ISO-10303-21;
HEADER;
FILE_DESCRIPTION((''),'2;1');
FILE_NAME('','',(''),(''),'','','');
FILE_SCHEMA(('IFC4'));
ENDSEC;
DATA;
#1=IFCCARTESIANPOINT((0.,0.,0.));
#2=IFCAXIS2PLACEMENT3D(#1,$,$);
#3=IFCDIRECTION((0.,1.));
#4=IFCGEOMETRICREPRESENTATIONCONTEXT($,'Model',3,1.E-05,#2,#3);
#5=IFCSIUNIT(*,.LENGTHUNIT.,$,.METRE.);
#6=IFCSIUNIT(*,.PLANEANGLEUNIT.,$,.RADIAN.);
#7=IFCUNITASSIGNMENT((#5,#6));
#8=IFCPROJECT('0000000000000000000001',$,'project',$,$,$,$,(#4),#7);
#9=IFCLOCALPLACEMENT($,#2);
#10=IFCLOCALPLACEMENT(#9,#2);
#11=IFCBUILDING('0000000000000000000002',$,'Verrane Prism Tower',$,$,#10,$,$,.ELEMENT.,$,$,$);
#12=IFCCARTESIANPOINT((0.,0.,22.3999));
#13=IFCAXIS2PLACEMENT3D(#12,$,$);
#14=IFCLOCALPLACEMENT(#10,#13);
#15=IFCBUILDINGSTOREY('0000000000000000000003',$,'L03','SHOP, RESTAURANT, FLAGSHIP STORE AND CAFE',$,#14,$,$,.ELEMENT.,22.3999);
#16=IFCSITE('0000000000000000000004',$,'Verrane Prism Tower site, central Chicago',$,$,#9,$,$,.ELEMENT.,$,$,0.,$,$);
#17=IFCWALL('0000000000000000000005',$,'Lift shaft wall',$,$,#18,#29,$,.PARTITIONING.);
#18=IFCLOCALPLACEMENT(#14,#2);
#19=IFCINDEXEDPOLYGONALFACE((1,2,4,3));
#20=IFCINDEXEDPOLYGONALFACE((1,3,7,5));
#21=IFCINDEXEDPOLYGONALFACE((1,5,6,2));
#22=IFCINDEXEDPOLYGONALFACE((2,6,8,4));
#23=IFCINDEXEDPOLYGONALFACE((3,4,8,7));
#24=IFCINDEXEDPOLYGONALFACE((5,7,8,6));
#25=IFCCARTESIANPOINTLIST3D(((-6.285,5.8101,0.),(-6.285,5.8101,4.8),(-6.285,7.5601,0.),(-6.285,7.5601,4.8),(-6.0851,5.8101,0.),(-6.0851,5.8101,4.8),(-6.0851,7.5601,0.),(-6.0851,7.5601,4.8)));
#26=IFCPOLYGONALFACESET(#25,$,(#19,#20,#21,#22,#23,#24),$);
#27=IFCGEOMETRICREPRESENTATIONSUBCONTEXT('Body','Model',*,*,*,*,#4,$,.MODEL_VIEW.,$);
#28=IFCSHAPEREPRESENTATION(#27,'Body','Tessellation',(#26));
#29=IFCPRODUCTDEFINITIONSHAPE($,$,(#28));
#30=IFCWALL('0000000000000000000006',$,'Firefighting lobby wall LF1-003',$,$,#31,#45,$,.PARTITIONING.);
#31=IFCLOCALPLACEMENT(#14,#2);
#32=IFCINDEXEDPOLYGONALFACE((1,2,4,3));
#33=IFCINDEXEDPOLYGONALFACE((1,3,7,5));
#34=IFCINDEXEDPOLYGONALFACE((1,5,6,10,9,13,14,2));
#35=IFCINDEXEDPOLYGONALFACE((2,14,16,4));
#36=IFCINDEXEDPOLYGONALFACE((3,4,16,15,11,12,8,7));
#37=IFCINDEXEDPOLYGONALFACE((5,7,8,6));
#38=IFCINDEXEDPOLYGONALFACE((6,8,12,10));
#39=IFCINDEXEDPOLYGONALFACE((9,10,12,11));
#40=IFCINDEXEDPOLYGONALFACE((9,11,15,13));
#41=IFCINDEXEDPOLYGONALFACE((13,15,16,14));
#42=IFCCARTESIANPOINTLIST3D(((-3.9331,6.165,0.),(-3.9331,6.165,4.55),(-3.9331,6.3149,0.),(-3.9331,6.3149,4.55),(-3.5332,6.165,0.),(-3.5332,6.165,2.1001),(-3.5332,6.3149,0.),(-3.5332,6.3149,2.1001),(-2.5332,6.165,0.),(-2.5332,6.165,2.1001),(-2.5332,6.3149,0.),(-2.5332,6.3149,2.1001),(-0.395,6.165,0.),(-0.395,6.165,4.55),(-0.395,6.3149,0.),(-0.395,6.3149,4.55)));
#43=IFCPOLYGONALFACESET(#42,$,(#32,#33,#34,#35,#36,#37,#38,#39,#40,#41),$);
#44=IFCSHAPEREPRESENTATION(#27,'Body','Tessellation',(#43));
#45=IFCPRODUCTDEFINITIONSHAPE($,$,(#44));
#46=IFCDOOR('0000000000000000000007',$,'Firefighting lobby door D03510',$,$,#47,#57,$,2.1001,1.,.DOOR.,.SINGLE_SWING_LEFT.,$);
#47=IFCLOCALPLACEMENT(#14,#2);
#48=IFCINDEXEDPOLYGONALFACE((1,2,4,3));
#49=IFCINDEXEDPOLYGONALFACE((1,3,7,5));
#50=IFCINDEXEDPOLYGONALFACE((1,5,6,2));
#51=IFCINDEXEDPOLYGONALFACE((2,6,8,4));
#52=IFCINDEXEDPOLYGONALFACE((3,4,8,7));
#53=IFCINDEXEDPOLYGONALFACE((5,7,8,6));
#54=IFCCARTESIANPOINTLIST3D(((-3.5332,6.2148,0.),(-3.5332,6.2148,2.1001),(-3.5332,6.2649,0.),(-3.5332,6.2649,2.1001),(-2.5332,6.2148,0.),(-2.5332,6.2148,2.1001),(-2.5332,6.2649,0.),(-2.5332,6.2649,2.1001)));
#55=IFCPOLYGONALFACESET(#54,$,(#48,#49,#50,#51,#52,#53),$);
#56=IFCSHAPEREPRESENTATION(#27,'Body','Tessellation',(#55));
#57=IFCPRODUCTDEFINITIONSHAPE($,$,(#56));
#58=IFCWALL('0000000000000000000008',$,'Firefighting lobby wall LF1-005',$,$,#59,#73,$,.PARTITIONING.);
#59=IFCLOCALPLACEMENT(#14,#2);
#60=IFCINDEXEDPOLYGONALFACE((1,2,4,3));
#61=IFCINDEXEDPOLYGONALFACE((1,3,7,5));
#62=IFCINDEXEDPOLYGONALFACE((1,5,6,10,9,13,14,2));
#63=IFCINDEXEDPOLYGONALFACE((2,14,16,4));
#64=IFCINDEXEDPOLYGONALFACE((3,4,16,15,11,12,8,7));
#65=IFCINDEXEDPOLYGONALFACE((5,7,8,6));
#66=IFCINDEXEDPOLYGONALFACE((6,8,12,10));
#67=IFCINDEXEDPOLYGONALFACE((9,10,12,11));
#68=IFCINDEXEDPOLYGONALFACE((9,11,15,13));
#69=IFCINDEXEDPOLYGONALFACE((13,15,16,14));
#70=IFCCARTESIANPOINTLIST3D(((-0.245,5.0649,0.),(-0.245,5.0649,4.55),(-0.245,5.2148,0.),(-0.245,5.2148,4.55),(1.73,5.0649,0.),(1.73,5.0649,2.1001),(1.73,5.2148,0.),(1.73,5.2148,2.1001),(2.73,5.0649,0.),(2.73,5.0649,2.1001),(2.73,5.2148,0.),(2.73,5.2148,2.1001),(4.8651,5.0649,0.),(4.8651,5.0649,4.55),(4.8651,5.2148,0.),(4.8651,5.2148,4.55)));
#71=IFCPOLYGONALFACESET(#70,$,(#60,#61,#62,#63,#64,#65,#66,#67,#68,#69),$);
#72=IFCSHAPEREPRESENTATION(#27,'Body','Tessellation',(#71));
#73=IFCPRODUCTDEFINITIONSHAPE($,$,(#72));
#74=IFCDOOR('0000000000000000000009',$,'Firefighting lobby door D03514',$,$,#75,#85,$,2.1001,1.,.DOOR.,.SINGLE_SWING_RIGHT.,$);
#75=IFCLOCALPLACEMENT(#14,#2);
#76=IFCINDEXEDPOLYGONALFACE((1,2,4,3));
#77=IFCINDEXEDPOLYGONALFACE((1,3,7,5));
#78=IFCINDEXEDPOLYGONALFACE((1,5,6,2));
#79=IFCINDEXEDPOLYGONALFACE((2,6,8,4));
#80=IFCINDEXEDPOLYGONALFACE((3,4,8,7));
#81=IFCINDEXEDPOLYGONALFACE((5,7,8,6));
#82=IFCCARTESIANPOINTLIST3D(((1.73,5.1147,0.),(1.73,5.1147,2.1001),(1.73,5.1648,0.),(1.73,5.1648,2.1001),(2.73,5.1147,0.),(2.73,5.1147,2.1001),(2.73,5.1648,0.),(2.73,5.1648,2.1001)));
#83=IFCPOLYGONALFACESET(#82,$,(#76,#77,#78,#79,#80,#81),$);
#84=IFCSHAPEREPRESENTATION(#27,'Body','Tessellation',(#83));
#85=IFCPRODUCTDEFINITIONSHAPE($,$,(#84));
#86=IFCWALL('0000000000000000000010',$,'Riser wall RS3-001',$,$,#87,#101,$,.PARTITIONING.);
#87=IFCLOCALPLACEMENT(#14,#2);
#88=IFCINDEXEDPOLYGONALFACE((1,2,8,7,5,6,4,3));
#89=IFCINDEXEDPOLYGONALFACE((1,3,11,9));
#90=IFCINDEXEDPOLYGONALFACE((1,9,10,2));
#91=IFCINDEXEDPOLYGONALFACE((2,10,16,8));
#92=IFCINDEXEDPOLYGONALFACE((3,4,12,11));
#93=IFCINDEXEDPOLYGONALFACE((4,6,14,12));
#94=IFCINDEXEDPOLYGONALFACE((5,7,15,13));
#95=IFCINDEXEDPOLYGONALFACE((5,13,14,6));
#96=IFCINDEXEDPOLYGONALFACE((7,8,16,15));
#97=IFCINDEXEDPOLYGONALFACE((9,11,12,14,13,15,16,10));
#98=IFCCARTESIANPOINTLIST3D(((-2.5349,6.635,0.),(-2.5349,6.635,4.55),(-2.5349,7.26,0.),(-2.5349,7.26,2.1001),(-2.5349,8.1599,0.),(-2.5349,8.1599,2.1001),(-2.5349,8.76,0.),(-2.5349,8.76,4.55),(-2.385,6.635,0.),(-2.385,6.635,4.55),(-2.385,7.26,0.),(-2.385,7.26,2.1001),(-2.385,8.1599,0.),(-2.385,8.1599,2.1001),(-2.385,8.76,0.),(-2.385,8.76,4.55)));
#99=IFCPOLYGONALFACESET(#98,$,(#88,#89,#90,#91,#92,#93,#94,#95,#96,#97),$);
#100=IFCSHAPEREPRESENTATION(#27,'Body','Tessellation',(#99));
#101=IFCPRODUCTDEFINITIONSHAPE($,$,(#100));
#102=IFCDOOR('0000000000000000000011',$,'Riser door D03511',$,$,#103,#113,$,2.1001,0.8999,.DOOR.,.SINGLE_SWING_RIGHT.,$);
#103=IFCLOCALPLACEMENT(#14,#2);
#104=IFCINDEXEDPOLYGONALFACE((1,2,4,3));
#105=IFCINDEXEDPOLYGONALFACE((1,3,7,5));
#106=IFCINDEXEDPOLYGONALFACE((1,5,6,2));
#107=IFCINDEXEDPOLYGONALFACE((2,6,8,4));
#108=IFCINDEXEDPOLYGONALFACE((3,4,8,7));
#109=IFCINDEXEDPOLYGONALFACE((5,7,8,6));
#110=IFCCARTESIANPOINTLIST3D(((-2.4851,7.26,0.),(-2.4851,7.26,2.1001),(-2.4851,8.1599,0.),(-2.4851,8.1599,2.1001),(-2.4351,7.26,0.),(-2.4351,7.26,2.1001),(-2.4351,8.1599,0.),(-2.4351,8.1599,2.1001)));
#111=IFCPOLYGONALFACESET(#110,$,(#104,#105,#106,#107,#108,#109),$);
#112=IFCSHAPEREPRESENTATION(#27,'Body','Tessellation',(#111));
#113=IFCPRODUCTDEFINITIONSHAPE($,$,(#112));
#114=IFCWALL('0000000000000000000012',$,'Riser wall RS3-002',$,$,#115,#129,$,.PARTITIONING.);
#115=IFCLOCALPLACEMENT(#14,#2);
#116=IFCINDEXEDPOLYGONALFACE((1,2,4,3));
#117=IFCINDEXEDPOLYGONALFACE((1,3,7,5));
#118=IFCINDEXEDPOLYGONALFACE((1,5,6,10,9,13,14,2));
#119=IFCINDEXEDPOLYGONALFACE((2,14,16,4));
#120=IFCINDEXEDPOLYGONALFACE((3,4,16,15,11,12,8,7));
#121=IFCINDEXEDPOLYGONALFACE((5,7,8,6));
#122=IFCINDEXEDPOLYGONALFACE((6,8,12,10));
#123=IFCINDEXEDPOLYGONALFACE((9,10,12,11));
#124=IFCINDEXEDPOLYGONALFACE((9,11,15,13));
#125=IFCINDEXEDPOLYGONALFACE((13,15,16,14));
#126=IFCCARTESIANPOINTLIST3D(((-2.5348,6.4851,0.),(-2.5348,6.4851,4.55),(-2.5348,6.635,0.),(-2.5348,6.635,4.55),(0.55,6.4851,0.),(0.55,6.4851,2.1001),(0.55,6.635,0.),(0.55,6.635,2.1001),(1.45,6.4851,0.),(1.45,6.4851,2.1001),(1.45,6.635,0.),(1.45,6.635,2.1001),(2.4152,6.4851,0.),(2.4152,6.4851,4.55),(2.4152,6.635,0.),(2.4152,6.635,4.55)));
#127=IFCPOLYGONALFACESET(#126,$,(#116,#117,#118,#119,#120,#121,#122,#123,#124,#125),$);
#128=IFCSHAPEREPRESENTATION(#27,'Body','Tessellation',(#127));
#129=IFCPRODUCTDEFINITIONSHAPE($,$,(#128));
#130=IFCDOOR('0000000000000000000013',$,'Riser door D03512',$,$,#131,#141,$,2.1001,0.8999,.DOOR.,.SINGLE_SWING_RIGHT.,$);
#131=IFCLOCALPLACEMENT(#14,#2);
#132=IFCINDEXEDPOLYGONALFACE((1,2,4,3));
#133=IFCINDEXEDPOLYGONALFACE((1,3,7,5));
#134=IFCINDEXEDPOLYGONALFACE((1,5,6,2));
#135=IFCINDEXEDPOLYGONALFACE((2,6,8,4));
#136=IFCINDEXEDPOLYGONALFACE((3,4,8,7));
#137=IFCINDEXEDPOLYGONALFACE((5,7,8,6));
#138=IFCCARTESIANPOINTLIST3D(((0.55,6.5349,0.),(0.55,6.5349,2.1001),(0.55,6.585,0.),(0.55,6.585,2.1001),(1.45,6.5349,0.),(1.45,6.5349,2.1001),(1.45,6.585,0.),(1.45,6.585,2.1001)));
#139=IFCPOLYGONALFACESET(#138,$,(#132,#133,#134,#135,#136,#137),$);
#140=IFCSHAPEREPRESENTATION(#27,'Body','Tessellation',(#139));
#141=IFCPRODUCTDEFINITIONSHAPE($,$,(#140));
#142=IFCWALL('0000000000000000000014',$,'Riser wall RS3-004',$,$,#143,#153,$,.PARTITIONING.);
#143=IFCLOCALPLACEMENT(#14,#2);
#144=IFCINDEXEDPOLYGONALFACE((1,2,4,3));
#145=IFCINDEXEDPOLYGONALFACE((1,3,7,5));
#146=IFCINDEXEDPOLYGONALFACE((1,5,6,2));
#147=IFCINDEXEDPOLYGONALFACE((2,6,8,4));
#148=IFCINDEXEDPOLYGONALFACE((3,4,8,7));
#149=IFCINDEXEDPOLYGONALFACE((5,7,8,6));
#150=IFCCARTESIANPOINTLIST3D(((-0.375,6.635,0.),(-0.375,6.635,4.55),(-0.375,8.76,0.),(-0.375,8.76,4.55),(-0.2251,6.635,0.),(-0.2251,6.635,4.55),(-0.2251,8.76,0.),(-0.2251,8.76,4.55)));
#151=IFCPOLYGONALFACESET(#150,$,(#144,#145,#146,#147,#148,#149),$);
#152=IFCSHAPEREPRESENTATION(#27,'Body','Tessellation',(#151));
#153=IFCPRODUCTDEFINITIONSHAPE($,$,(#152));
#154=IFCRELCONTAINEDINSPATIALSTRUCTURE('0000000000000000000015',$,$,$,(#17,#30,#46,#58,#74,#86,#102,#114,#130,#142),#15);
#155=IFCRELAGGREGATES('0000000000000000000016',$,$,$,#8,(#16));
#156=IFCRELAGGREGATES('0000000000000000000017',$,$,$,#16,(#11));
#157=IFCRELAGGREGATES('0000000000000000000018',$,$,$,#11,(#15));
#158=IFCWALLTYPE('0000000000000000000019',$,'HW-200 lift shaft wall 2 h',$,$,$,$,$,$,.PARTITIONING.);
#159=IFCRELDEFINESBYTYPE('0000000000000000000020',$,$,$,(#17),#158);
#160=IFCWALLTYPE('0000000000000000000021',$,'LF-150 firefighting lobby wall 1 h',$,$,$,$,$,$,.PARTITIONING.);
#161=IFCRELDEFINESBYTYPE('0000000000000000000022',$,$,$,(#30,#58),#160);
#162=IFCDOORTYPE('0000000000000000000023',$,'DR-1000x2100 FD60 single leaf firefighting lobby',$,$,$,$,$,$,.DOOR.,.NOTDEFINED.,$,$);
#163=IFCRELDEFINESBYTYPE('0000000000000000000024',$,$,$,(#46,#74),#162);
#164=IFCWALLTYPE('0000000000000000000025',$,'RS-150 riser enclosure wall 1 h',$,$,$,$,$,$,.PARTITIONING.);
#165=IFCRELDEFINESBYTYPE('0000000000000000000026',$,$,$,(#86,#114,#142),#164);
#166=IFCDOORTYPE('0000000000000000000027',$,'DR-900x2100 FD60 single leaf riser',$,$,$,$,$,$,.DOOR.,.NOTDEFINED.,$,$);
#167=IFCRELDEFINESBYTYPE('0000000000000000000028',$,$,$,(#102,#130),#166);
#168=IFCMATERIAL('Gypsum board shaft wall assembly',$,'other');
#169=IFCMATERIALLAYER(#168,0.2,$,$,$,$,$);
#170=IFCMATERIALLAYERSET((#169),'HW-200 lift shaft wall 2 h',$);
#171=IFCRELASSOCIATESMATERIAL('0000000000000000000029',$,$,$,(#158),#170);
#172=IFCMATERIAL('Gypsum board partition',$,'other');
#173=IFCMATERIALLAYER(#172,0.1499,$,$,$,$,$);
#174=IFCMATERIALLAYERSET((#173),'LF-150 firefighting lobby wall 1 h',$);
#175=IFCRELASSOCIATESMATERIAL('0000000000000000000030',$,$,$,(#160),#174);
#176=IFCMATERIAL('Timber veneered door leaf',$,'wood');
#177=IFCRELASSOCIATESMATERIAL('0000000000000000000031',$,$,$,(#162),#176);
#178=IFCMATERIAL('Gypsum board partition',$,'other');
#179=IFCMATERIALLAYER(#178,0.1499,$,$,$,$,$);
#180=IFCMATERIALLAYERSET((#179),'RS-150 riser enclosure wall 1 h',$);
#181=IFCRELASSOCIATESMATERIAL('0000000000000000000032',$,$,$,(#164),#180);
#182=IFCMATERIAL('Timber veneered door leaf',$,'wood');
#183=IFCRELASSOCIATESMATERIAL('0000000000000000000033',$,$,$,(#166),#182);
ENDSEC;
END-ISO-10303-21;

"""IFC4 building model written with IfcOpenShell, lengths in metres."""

from ifc_helpers import new_model, si_unit, direction, frame, frame_2d, origin, place, context, subcontext, project, spatial, rectangle, extrude, material, layer, layer_set, type_object, element, fill, save


model = new_model("IFC4")

# Units and contexts
model_context = context("Model", 3, precision=1e-05, world=origin(), true_north=direction((0.0, 1.0)))
body_context = subcontext(model_context, "Body", "Model", "MODEL_VIEW")
ifc_project = project(units=[si_unit("LENGTHUNIT", "METRE"), si_unit("PLANEANGLEUNIT", "RADIAN")], contexts=[model_context])

# Site, building, storey
site_placement = place(None, origin())
site = spatial("IfcSite", under=ifc_project, at=site_placement, Name="Verrane Prism Tower site, central Chicago", CompositionType="ELEMENT", RefElevation=0.0)
building_placement = place(site_placement, origin())
building = spatial("IfcBuilding", under=site, at=building_placement, Name="Verrane Prism Tower", CompositionType="ELEMENT")
storey_placement = place(building_placement, frame((0.0, 0.0, 22.3999)))
storey = spatial("IfcBuildingStorey", under=building, at=storey_placement, Name="L03", Description="SHOP, RESTAURANT, FLAGSHIP STORE AND CAFE", CompositionType="ELEMENT", Elevation=22.3999)

# Wall
ifc_material_1 = material(Name="Gypsum board shaft wall assembly", Category="other")
ifc_layer_1 = layer(ifc_material_1, 0.2)
ifc_layer_set_1 = layer_set([ifc_layer_1], Name="HW-200 lift shaft wall 2 h")
wall_type_1 = type_object("IfcWallType", Name="HW-200 lift shaft wall 2 h", PredefinedType="PARTITIONING", material=ifc_layer_set_1)
for number, where, z_axis, x_axis, name in (
    (1, (-6.1851, 5.8101, 0.0), (0.0, 0.0, 1.0), (0.0, 1.0, 0.0), "Lift shaft wall"),
):
    element("IfcWall", number, at=place(storey_placement, frame(where, z_axis=z_axis, x_axis=x_axis)), inside=storey, type_object=wall_type_1, Name=name, PredefinedType="PARTITIONING", context=body_context, shape_type="SweptSolid", body=[
        extrude(rectangle(XDim=1.75, YDim=0.2, at=frame_2d((0.875, 0.0))), origin(), (0.0, 0.0, 1.0), 4.8),
    ])

# Walls, openings, doors
ifc_material_2 = material(Name="Gypsum board partition", Category="other")
ifc_layer_2 = layer(ifc_material_2, 0.1499)
ifc_layer_set_2 = layer_set([ifc_layer_2], Name="LF-150 firefighting lobby wall 1 h")
wall_type_2 = type_object("IfcWallType", Name="LF-150 firefighting lobby wall 1 h", PredefinedType="PARTITIONING", material=ifc_layer_set_2)
wall_1_placement = place(storey_placement, frame((-3.9331, 6.24, 0.0), z_axis=(0.0, 0.0, 1.0), x_axis=(1.0, 0.0, 0.0)))
wall_1 = element("IfcWall", 2, at=wall_1_placement, inside=storey, type_object=wall_type_2, Name="Firefighting lobby wall LF1-003", PredefinedType="PARTITIONING", context=body_context, shape_type="SweptSolid", body=[
    extrude(rectangle(XDim=3.5381, YDim=0.1499, at=frame_2d((1.769, 0.0))), origin(), (0.0, 0.0, 1.0), 4.55),
])
opening_1_placement = place(wall_1_placement, frame((0.3999, 0.0, 0.0)))
opening_1 = element("IfcOpeningElement", 3, at=opening_1_placement, cuts=wall_1, PredefinedType="OPENING", context=body_context, shape_type="SweptSolid", body=[
    extrude(rectangle(XDim=1.0, YDim=2.1001, at=frame_2d((0.5, 1.05))), frame((0.0, 0.085, 0.0), z_axis=(0.0, -1.0, 0.0), x_axis=(1.0, 0.0, 0.0)), (0.0, 0.0, 1.0), 0.1699),
])
ifc_material_3 = material(Name="Timber veneered door leaf", Category="wood")
door_type_1 = type_object("IfcDoorType", Name="DR-1000x2100 FD60 single leaf firefighting lobby", OperationType="NOTDEFINED", PredefinedType="DOOR", material=ifc_material_3)
door_1_placement = place(opening_1_placement, origin())
door_1 = element("IfcDoor", 4, at=door_1_placement, inside=storey, type_object=door_type_1, Name="Firefighting lobby door D03510", OperationType="SINGLE_SWING_LEFT", OverallHeight=2.1001, OverallWidth=1.0, PredefinedType="DOOR", context=body_context, shape_type="SweptSolid", body=[
    extrude(rectangle(XDim=1.0, YDim=2.1001, at=frame_2d((0.5, 1.05))), frame((0.0, 0.0249, 0.0), z_axis=(0.0, -1.0, 0.0), x_axis=(1.0, 0.0, 0.0)), (0.0, 0.0, 1.0), 0.05),
])
fill(opening_1, door_1)
wall_2_placement = place(storey_placement, frame((-0.2451, 5.1399, 0.0), z_axis=(0.0, 0.0, 1.0), x_axis=(1.0, 0.0, 0.0)))
wall_2 = element("IfcWall", 5, at=wall_2_placement, inside=storey, type_object=wall_type_2, Name="Firefighting lobby wall LF1-005", PredefinedType="PARTITIONING", context=body_context, shape_type="SweptSolid", body=[
    extrude(rectangle(XDim=5.1101, YDim=0.1499, at=frame_2d((2.5552, 0.0))), origin(), (0.0, 0.0, 1.0), 4.55),
])
opening_2_placement = place(wall_2_placement, frame((1.9751, 0.0, 0.0)))
opening_2 = element("IfcOpeningElement", 6, at=opening_2_placement, cuts=wall_2, PredefinedType="OPENING", context=body_context, shape_type="SweptSolid", body=[
    extrude(rectangle(XDim=1.0, YDim=2.1001, at=frame_2d((0.5, 1.05))), frame((0.0, 0.085, 0.0), z_axis=(0.0, -1.0, 0.0), x_axis=(1.0, 0.0, 0.0)), (0.0, 0.0, 1.0), 0.1699),
])
door_2_placement = place(opening_2_placement, origin())
door_2 = element("IfcDoor", 7, at=door_2_placement, inside=storey, type_object=door_type_1, Name="Firefighting lobby door D03514", OperationType="SINGLE_SWING_RIGHT", OverallHeight=2.1001, OverallWidth=1.0, PredefinedType="DOOR", context=body_context, shape_type="SweptSolid", body=[
    extrude(rectangle(XDim=1.0, YDim=2.1001, at=frame_2d((0.5, 1.05))), frame((0.0, 0.0249, 0.0), z_axis=(0.0, -1.0, 0.0), x_axis=(1.0, 0.0, 0.0)), (0.0, 0.0, 1.0), 0.05),
])
fill(opening_2, door_2)
ifc_material_4 = material(Name="Gypsum board partition", Category="other")
ifc_layer_3 = layer(ifc_material_4, 0.1499)
ifc_layer_set_3 = layer_set([ifc_layer_3], Name="RS-150 riser enclosure wall 1 h")
wall_type_3 = type_object("IfcWallType", Name="RS-150 riser enclosure wall 1 h", PredefinedType="PARTITIONING", material=ifc_layer_set_3)
wall_3_placement = place(storey_placement, frame((-2.46, 8.76, 0.0), z_axis=(0.0, 0.0, 1.0), x_axis=(0.0, -1.0, 0.0)))
wall_3 = element("IfcWall", 8, at=wall_3_placement, inside=storey, type_object=wall_type_3, Name="Riser wall RS3-001", PredefinedType="PARTITIONING", context=body_context, shape_type="SweptSolid", body=[
    extrude(rectangle(XDim=2.125, YDim=0.1499, at=frame_2d((1.0625, 0.0))), origin(), (0.0, 0.0, 1.0), 4.55),
])
opening_3_placement = place(wall_3_placement, frame((0.6001, 0.0, 0.0)))
opening_3 = element("IfcOpeningElement", 9, at=opening_3_placement, cuts=wall_3, PredefinedType="OPENING", context=body_context, shape_type="SweptSolid", body=[
    extrude(rectangle(XDim=0.8999, YDim=2.1001, at=frame_2d((0.45, 1.05))), frame((0.0, 0.085, 0.0), z_axis=(0.0, -1.0, 0.0), x_axis=(1.0, 0.0, 0.0)), (0.0, 0.0, 1.0), 0.1699),
])
ifc_material_5 = material(Name="Timber veneered door leaf", Category="wood")
door_type_2 = type_object("IfcDoorType", Name="DR-900x2100 FD60 single leaf riser", OperationType="NOTDEFINED", PredefinedType="DOOR", material=ifc_material_5)
door_3_placement = place(opening_3_placement, origin())
door_3 = element("IfcDoor", 10, at=door_3_placement, inside=storey, type_object=door_type_2, Name="Riser door D03511", OperationType="SINGLE_SWING_RIGHT", OverallHeight=2.1001, OverallWidth=0.8999, PredefinedType="DOOR", context=body_context, shape_type="SweptSolid", body=[
    extrude(rectangle(XDim=0.8999, YDim=2.1001, at=frame_2d((0.45, 1.05))), frame((0.0, 0.0249, 0.0), z_axis=(0.0, -1.0, 0.0), x_axis=(1.0, 0.0, 0.0)), (0.0, 0.0, 1.0), 0.05),
])
fill(opening_3, door_3)
wall_4_placement = place(storey_placement, frame((-2.5349, 6.5601, 0.0), z_axis=(0.0, 0.0, 1.0), x_axis=(1.0, 0.0, 0.0)))
wall_4 = element("IfcWall", 11, at=wall_4_placement, inside=storey, type_object=wall_type_3, Name="Riser wall RS3-002", PredefinedType="PARTITIONING", context=body_context, shape_type="SweptSolid", body=[
    extrude(rectangle(XDim=4.95, YDim=0.1499, at=frame_2d((2.4751, 0.0))), origin(), (0.0, 0.0, 1.0), 4.55),
])
opening_4_placement = place(wall_4_placement, frame((3.085, 0.0, 0.0)))
opening_4 = element("IfcOpeningElement", 12, at=opening_4_placement, cuts=wall_4, PredefinedType="OPENING", context=body_context, shape_type="SweptSolid", body=[
    extrude(rectangle(XDim=0.8999, YDim=2.1001, at=frame_2d((0.45, 1.05))), frame((0.0, 0.085, 0.0), z_axis=(0.0, -1.0, 0.0), x_axis=(1.0, 0.0, 0.0)), (0.0, 0.0, 1.0), 0.1699),
])
door_4_placement = place(opening_4_placement, origin())
door_4 = element("IfcDoor", 13, at=door_4_placement, inside=storey, type_object=door_type_2, Name="Riser door D03512", OperationType="SINGLE_SWING_RIGHT", OverallHeight=2.1001, OverallWidth=0.8999, PredefinedType="DOOR", context=body_context, shape_type="SweptSolid", body=[
    extrude(rectangle(XDim=0.8999, YDim=2.1001, at=frame_2d((0.45, 1.05))), frame((0.0, 0.0249, 0.0), z_axis=(0.0, -1.0, 0.0), x_axis=(1.0, 0.0, 0.0)), (0.0, 0.0, 1.0), 0.05),
])
fill(opening_4, door_4)

# Wall
wall_5_placement = place(storey_placement, frame((-0.3, 6.635, 0.0), z_axis=(0.0, 0.0, 1.0), x_axis=(0.0, 1.0, 0.0)))
element("IfcWall", 14, at=wall_5_placement, inside=storey, type_object=wall_type_3, Name="Riser wall RS3-004", PredefinedType="PARTITIONING", context=body_context, shape_type="SweptSolid", body=[
    extrude(rectangle(XDim=2.125, YDim=0.1499, at=frame_2d((1.0625, 0.0))), origin(), (0.0, 0.0, 1.0), 4.55),
])

save(model, "model.ifc")
